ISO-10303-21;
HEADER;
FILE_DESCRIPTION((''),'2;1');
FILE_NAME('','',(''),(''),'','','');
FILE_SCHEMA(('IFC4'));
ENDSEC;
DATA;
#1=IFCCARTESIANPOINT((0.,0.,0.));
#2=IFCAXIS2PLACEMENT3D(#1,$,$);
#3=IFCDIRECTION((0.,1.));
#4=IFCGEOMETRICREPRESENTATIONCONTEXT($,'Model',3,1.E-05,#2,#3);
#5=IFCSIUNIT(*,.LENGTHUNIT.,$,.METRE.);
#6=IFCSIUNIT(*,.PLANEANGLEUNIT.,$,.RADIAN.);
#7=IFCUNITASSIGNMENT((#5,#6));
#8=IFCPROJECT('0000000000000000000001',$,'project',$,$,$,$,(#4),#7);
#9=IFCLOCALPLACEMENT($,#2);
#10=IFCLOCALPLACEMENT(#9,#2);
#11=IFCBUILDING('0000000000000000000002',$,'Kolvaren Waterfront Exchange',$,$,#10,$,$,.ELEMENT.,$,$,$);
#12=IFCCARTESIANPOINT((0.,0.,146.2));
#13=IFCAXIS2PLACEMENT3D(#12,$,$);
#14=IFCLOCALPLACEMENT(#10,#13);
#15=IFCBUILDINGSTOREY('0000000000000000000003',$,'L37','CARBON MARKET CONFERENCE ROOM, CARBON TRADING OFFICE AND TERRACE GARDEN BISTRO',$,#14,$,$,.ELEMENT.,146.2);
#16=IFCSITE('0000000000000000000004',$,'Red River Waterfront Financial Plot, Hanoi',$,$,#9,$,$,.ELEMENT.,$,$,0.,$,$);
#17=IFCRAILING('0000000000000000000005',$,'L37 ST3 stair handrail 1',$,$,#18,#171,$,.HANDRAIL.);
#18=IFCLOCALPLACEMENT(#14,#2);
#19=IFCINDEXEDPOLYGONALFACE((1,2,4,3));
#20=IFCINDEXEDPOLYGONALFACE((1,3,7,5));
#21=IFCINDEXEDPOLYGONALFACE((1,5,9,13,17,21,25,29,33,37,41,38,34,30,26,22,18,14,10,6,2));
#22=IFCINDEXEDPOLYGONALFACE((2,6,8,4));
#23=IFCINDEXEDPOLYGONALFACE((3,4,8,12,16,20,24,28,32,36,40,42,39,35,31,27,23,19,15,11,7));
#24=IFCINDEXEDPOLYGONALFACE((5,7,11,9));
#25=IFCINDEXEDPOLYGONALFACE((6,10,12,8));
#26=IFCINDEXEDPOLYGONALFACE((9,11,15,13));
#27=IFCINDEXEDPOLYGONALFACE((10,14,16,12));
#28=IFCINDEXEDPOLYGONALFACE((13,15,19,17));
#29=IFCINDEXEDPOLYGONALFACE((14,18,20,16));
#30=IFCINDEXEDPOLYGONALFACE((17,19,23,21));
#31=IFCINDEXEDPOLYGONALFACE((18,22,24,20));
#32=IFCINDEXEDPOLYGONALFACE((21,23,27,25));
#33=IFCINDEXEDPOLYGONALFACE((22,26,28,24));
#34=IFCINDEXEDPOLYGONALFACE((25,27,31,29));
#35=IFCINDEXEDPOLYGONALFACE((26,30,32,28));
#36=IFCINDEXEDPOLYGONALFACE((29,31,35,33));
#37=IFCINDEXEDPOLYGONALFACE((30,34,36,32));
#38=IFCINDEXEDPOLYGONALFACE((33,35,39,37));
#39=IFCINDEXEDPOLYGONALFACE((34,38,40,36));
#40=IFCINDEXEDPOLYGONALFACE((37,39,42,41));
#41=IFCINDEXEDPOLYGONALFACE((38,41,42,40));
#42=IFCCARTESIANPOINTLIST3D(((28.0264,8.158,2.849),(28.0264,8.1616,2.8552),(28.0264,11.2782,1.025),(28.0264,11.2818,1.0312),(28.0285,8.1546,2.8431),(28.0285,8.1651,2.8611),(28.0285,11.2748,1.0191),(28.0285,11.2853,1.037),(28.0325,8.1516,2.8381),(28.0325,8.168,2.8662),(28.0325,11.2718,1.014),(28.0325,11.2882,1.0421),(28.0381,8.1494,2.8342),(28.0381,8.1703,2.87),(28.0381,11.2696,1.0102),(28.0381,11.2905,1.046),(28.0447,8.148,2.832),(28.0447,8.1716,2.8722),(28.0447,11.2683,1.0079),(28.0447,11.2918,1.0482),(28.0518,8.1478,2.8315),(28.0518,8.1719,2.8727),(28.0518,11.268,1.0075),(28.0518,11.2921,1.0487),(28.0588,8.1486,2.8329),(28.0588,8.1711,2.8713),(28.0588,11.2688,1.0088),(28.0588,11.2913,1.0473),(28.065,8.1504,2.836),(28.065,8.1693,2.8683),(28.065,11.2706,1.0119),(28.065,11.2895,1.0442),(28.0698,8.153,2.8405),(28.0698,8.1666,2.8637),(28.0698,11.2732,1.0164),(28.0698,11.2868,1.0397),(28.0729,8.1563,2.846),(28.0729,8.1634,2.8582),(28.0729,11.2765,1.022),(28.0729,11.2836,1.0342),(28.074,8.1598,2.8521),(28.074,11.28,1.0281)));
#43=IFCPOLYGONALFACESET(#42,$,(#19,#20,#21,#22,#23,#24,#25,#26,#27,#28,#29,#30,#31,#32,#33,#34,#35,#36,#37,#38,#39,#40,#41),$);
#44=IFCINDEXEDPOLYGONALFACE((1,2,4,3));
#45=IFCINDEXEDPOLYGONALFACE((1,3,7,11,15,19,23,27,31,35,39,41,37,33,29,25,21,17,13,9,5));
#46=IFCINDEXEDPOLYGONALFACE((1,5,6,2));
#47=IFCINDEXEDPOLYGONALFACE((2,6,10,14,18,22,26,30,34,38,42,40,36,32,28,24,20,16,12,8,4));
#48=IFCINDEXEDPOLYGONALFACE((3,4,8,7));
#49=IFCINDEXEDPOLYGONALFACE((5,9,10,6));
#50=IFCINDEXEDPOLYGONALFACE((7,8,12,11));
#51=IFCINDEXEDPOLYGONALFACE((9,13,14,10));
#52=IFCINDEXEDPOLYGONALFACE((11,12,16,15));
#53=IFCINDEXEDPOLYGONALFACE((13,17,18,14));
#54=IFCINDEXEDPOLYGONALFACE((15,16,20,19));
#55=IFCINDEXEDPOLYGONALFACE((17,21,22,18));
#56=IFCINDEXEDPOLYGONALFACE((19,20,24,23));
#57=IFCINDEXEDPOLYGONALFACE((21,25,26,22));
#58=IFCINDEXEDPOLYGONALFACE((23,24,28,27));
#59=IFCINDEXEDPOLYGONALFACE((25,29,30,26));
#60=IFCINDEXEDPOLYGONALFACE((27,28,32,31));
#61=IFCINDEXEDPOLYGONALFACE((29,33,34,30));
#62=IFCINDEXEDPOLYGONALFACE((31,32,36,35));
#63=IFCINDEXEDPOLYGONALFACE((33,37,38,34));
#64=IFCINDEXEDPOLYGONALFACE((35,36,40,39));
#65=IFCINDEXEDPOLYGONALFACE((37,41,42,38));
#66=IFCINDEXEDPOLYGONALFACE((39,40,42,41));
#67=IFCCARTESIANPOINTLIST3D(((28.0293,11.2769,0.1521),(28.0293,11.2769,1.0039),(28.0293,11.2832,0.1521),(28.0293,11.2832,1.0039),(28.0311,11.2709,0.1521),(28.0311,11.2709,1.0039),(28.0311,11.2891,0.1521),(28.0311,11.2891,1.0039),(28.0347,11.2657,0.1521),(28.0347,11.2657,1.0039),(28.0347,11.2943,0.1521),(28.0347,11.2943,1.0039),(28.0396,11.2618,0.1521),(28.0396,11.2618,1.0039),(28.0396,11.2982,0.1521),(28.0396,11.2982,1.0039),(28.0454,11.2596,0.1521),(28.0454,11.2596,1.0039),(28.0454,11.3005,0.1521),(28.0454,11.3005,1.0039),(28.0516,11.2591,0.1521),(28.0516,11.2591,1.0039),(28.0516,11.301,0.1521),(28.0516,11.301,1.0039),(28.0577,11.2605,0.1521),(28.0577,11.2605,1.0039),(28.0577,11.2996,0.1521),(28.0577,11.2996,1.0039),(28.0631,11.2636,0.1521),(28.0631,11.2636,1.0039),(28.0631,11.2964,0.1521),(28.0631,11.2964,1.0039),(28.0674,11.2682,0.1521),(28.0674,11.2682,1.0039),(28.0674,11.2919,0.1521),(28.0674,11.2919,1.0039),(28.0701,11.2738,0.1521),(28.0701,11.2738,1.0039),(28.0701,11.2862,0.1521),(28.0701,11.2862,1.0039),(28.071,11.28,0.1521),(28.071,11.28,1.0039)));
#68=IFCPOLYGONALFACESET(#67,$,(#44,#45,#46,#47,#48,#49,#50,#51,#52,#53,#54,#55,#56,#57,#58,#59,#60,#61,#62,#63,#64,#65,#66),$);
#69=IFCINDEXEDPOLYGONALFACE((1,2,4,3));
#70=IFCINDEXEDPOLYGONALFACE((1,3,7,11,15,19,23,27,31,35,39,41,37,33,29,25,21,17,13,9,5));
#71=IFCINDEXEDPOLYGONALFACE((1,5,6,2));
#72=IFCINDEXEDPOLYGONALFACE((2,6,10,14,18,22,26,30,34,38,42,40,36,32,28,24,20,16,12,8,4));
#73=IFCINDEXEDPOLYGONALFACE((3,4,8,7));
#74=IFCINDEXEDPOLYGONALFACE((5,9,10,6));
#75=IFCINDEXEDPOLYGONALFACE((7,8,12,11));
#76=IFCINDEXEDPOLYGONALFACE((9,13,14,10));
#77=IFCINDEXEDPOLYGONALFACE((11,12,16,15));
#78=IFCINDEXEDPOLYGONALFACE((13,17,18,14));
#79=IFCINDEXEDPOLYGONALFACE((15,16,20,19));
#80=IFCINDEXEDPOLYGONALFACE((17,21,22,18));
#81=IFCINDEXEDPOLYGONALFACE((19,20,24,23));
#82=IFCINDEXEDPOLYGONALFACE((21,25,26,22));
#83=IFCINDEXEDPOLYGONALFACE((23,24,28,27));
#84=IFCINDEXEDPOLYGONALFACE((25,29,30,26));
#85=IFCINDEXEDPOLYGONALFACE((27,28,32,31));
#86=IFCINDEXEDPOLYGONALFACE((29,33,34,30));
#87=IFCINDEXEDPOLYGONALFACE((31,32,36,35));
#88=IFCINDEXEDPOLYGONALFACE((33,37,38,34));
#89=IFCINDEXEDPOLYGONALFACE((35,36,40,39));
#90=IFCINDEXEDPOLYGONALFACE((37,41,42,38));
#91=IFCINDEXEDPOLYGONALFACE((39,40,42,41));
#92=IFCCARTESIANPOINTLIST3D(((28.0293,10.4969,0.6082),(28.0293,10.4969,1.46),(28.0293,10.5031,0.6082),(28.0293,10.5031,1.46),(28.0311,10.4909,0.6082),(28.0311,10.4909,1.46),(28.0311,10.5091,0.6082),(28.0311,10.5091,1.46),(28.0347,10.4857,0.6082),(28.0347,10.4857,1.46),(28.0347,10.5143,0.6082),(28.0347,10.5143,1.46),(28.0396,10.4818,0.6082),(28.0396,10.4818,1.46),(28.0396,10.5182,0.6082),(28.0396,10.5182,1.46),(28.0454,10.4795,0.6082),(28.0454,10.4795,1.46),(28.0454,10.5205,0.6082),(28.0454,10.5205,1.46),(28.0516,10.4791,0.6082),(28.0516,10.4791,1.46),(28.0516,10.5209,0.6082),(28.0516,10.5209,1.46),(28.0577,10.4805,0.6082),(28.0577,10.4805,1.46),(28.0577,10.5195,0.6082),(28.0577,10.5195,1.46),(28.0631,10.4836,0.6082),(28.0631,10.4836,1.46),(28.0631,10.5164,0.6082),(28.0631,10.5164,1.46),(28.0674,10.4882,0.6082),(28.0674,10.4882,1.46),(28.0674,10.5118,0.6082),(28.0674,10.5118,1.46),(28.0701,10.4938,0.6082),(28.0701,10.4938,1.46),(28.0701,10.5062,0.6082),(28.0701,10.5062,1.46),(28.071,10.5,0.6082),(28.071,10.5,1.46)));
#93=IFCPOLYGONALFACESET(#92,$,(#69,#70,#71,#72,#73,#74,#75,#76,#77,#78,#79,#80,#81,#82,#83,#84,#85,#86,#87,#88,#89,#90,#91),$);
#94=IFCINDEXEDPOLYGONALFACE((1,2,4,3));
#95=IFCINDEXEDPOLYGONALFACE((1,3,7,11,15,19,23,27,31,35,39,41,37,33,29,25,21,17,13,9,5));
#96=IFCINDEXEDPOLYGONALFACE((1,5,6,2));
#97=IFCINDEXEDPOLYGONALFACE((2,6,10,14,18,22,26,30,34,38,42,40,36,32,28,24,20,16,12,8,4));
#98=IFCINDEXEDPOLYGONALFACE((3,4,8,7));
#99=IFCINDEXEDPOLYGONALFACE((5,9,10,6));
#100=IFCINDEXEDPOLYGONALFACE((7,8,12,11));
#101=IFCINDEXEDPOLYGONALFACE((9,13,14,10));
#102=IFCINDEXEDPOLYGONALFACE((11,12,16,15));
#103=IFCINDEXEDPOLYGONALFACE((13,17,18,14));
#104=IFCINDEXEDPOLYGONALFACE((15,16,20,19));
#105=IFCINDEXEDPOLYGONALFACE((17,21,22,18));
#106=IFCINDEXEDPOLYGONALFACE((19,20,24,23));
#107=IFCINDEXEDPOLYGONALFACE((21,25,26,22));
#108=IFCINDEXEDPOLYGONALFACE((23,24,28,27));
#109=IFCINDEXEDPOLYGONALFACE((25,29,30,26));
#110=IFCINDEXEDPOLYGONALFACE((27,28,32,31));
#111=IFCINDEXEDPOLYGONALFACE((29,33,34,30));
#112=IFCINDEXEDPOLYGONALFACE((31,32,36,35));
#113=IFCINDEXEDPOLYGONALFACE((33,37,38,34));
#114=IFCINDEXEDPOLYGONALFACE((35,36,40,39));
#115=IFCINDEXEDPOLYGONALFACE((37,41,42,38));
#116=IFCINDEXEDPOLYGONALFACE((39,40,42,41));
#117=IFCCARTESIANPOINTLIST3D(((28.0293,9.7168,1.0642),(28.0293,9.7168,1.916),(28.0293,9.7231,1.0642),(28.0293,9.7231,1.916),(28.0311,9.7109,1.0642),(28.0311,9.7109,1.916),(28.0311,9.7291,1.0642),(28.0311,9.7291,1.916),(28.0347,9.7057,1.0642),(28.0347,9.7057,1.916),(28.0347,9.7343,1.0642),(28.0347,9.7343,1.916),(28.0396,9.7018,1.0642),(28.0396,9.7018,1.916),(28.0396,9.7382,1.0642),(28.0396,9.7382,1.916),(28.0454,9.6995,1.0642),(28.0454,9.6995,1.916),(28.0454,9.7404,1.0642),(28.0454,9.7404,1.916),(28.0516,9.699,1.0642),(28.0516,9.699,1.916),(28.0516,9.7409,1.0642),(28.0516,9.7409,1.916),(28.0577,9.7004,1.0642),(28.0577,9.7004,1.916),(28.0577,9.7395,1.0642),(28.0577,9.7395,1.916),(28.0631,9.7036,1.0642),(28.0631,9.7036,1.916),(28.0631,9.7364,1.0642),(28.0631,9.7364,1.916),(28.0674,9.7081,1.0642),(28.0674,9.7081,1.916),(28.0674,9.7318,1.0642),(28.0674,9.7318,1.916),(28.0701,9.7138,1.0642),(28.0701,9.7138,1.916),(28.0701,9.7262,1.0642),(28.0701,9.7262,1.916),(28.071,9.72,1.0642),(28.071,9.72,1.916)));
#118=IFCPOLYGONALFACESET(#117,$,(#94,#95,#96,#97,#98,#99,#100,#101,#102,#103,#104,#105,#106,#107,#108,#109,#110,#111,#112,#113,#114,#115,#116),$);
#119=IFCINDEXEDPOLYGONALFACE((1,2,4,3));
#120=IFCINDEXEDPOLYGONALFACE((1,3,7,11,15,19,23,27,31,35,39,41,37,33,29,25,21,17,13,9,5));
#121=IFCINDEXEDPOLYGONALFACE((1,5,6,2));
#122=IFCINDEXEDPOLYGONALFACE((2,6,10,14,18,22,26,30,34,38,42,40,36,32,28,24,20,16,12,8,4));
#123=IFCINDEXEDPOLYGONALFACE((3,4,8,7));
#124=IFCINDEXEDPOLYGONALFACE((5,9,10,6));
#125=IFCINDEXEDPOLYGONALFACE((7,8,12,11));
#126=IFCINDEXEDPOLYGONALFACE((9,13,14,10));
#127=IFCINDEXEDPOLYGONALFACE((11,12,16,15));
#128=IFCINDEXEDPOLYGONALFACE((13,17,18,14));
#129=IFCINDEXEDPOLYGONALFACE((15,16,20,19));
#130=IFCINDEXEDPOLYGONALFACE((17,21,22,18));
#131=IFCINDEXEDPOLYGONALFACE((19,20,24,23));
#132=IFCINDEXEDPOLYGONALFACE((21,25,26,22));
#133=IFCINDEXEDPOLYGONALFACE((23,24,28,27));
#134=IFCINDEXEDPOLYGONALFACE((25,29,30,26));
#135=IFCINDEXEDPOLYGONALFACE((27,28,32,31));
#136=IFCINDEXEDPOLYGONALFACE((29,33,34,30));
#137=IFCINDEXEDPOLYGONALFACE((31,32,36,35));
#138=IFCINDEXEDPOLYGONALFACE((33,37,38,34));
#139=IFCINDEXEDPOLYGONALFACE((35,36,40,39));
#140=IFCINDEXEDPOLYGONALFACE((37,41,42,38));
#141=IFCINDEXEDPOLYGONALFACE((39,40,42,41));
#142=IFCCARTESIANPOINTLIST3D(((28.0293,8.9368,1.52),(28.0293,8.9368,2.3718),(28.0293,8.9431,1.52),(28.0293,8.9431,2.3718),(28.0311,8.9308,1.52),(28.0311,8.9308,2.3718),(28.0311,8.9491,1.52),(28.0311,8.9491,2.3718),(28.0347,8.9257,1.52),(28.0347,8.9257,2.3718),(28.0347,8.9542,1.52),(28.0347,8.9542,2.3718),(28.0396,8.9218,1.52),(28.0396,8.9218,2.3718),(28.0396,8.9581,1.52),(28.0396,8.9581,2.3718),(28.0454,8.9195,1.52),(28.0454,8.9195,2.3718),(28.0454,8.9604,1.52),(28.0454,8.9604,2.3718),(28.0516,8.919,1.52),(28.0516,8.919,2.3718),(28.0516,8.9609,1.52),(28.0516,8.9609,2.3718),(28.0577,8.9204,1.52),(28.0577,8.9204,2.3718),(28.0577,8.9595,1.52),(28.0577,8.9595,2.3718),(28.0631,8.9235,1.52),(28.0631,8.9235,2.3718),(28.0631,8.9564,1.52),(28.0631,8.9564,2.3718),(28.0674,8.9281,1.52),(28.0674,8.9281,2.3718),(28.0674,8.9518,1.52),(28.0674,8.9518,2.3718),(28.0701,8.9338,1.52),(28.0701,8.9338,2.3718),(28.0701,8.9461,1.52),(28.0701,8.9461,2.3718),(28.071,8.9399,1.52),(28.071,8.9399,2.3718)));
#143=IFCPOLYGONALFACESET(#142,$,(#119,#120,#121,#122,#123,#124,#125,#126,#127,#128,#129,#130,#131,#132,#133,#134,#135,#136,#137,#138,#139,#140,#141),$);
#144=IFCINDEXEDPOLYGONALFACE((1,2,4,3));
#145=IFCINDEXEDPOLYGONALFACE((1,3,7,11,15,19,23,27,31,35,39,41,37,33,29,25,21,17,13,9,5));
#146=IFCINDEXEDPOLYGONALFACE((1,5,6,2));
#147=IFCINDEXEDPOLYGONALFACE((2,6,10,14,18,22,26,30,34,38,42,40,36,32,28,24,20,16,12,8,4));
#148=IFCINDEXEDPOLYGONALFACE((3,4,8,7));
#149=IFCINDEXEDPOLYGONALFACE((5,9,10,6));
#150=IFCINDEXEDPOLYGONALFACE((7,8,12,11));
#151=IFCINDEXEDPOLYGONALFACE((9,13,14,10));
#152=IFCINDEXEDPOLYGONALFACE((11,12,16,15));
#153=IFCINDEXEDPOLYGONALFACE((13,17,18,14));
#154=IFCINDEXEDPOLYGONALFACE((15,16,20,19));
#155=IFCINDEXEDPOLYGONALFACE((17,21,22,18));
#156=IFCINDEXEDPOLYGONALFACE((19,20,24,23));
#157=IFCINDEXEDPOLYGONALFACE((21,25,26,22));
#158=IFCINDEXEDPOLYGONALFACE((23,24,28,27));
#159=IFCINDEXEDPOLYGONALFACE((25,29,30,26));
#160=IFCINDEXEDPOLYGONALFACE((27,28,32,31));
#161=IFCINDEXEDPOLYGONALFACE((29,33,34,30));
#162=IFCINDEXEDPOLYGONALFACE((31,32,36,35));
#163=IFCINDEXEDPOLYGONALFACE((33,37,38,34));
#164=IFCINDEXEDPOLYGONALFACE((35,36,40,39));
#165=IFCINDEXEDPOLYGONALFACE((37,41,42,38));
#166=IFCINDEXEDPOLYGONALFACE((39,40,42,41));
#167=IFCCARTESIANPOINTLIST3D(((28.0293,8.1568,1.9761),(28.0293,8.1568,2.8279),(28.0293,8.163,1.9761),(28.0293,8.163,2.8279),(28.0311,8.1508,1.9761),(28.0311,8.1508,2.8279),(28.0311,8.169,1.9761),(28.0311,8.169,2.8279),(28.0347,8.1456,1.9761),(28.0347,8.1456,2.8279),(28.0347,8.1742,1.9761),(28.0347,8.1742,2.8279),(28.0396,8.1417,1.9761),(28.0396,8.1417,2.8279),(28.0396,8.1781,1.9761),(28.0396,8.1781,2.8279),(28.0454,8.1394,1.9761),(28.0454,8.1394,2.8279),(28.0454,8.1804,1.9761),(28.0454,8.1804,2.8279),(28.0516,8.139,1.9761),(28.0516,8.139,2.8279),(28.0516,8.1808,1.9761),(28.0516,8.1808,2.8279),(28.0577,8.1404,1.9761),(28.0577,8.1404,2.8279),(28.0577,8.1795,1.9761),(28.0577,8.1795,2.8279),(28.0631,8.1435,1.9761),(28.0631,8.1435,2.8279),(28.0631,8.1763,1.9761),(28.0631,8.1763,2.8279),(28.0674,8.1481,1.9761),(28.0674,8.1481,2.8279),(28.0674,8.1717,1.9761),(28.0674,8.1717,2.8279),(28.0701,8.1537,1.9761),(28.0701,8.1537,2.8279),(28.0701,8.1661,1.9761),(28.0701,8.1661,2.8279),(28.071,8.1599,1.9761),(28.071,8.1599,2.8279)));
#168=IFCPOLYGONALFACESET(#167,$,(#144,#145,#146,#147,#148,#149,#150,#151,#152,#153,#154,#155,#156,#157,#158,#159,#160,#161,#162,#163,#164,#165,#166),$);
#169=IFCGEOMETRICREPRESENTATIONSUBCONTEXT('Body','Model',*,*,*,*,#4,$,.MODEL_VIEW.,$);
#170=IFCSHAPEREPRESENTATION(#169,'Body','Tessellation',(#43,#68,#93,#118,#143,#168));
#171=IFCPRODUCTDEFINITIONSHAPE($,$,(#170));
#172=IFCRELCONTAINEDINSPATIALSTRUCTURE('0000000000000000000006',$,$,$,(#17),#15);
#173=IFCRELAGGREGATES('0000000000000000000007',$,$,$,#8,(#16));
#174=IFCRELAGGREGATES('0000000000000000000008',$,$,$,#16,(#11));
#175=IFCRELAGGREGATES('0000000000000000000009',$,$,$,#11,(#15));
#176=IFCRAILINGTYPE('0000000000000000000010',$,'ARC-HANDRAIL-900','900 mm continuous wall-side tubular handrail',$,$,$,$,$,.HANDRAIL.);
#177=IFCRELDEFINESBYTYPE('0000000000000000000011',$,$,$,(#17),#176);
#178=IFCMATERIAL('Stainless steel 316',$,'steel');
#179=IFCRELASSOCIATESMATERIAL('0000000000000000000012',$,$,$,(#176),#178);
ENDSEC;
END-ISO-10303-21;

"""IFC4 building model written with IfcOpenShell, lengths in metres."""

from ifc_helpers import new_model, si_unit, direction, frame, origin, origin_2d, place, context, subcontext, project, spatial, circle, extrude, material, type_object, element, save


model = new_model("IFC4")

# Units and contexts
model_context = context("Model", 3, precision=1e-05, world=origin(), true_north=direction((0.0, 1.0)))
body_context = subcontext(model_context, "Body", "Model", "MODEL_VIEW")
ifc_project = project(units=[si_unit("LENGTHUNIT", "METRE"), si_unit("PLANEANGLEUNIT", "RADIAN")], contexts=[model_context])

# Site, building, storey
site_placement = place(None, origin())
site = spatial("IfcSite", under=ifc_project, at=site_placement, Name="Red River Waterfront Financial Plot, Hanoi", CompositionType="ELEMENT", RefElevation=0.0)
building_placement = place(site_placement, origin())
building = spatial("IfcBuilding", under=site, at=building_placement, Name="Kolvaren Waterfront Exchange", CompositionType="ELEMENT")
storey_placement = place(building_placement, frame((0.0, 0.0, 146.2)))
storey = spatial("IfcBuildingStorey", under=building, at=storey_placement, Name="L37", Description="CARBON MARKET CONFERENCE ROOM, CARBON TRADING OFFICE AND TERRACE GARDEN BISTRO", CompositionType="ELEMENT", Elevation=146.2)

# Railing
ifc_material_1 = material(Name="Stainless steel 316", Category="steel")
railing_type_1 = type_object("IfcRailingType", Name="ARC-HANDRAIL-900", Description="900 mm continuous wall-side tubular handrail", PredefinedType="HANDRAIL", material=ifc_material_1)
railing_1_placement = place(storey_placement, frame((28.05, 11.28, 0.1521)))
element("IfcRailing", 1, at=railing_1_placement, inside=storey, type_object=railing_type_1, Name="L37 ST3 stair handrail 1", PredefinedType="HANDRAIL", context=body_context, shape_type="SweptSolid", body=[
    extrude(circle(Radius=0.0239, at=origin_2d()), frame((0.0, 0.0, 0.876), z_axis=(0.0, -0.863308, 0.504677), x_axis=(1.0, 0.0, 0.0)), (0.0, 0.0, 1.0), 3.6143),
    extrude(circle(Radius=0.021, at=origin_2d()), origin(), (0.0, 0.0, 1.0), 0.8518),
    extrude(circle(Radius=0.021, at=origin_2d()), frame((0.0, -0.78, 0.4561)), (0.0, 0.0, 1.0), 0.8518),
    extrude(circle(Radius=0.021, at=origin_2d()), frame((0.0, -1.5601, 0.9121)), (0.0, 0.0, 1.0), 0.8518),
    extrude(circle(Radius=0.021, at=origin_2d()), frame((0.0, -2.3401, 1.3679)), (0.0, 0.0, 1.0), 0.8518),
    extrude(circle(Radius=0.021, at=origin_2d()), frame((0.0, -3.1201, 1.824)), (0.0, 0.0, 1.0), 0.8518),
])

save(model, "model.ifc")
